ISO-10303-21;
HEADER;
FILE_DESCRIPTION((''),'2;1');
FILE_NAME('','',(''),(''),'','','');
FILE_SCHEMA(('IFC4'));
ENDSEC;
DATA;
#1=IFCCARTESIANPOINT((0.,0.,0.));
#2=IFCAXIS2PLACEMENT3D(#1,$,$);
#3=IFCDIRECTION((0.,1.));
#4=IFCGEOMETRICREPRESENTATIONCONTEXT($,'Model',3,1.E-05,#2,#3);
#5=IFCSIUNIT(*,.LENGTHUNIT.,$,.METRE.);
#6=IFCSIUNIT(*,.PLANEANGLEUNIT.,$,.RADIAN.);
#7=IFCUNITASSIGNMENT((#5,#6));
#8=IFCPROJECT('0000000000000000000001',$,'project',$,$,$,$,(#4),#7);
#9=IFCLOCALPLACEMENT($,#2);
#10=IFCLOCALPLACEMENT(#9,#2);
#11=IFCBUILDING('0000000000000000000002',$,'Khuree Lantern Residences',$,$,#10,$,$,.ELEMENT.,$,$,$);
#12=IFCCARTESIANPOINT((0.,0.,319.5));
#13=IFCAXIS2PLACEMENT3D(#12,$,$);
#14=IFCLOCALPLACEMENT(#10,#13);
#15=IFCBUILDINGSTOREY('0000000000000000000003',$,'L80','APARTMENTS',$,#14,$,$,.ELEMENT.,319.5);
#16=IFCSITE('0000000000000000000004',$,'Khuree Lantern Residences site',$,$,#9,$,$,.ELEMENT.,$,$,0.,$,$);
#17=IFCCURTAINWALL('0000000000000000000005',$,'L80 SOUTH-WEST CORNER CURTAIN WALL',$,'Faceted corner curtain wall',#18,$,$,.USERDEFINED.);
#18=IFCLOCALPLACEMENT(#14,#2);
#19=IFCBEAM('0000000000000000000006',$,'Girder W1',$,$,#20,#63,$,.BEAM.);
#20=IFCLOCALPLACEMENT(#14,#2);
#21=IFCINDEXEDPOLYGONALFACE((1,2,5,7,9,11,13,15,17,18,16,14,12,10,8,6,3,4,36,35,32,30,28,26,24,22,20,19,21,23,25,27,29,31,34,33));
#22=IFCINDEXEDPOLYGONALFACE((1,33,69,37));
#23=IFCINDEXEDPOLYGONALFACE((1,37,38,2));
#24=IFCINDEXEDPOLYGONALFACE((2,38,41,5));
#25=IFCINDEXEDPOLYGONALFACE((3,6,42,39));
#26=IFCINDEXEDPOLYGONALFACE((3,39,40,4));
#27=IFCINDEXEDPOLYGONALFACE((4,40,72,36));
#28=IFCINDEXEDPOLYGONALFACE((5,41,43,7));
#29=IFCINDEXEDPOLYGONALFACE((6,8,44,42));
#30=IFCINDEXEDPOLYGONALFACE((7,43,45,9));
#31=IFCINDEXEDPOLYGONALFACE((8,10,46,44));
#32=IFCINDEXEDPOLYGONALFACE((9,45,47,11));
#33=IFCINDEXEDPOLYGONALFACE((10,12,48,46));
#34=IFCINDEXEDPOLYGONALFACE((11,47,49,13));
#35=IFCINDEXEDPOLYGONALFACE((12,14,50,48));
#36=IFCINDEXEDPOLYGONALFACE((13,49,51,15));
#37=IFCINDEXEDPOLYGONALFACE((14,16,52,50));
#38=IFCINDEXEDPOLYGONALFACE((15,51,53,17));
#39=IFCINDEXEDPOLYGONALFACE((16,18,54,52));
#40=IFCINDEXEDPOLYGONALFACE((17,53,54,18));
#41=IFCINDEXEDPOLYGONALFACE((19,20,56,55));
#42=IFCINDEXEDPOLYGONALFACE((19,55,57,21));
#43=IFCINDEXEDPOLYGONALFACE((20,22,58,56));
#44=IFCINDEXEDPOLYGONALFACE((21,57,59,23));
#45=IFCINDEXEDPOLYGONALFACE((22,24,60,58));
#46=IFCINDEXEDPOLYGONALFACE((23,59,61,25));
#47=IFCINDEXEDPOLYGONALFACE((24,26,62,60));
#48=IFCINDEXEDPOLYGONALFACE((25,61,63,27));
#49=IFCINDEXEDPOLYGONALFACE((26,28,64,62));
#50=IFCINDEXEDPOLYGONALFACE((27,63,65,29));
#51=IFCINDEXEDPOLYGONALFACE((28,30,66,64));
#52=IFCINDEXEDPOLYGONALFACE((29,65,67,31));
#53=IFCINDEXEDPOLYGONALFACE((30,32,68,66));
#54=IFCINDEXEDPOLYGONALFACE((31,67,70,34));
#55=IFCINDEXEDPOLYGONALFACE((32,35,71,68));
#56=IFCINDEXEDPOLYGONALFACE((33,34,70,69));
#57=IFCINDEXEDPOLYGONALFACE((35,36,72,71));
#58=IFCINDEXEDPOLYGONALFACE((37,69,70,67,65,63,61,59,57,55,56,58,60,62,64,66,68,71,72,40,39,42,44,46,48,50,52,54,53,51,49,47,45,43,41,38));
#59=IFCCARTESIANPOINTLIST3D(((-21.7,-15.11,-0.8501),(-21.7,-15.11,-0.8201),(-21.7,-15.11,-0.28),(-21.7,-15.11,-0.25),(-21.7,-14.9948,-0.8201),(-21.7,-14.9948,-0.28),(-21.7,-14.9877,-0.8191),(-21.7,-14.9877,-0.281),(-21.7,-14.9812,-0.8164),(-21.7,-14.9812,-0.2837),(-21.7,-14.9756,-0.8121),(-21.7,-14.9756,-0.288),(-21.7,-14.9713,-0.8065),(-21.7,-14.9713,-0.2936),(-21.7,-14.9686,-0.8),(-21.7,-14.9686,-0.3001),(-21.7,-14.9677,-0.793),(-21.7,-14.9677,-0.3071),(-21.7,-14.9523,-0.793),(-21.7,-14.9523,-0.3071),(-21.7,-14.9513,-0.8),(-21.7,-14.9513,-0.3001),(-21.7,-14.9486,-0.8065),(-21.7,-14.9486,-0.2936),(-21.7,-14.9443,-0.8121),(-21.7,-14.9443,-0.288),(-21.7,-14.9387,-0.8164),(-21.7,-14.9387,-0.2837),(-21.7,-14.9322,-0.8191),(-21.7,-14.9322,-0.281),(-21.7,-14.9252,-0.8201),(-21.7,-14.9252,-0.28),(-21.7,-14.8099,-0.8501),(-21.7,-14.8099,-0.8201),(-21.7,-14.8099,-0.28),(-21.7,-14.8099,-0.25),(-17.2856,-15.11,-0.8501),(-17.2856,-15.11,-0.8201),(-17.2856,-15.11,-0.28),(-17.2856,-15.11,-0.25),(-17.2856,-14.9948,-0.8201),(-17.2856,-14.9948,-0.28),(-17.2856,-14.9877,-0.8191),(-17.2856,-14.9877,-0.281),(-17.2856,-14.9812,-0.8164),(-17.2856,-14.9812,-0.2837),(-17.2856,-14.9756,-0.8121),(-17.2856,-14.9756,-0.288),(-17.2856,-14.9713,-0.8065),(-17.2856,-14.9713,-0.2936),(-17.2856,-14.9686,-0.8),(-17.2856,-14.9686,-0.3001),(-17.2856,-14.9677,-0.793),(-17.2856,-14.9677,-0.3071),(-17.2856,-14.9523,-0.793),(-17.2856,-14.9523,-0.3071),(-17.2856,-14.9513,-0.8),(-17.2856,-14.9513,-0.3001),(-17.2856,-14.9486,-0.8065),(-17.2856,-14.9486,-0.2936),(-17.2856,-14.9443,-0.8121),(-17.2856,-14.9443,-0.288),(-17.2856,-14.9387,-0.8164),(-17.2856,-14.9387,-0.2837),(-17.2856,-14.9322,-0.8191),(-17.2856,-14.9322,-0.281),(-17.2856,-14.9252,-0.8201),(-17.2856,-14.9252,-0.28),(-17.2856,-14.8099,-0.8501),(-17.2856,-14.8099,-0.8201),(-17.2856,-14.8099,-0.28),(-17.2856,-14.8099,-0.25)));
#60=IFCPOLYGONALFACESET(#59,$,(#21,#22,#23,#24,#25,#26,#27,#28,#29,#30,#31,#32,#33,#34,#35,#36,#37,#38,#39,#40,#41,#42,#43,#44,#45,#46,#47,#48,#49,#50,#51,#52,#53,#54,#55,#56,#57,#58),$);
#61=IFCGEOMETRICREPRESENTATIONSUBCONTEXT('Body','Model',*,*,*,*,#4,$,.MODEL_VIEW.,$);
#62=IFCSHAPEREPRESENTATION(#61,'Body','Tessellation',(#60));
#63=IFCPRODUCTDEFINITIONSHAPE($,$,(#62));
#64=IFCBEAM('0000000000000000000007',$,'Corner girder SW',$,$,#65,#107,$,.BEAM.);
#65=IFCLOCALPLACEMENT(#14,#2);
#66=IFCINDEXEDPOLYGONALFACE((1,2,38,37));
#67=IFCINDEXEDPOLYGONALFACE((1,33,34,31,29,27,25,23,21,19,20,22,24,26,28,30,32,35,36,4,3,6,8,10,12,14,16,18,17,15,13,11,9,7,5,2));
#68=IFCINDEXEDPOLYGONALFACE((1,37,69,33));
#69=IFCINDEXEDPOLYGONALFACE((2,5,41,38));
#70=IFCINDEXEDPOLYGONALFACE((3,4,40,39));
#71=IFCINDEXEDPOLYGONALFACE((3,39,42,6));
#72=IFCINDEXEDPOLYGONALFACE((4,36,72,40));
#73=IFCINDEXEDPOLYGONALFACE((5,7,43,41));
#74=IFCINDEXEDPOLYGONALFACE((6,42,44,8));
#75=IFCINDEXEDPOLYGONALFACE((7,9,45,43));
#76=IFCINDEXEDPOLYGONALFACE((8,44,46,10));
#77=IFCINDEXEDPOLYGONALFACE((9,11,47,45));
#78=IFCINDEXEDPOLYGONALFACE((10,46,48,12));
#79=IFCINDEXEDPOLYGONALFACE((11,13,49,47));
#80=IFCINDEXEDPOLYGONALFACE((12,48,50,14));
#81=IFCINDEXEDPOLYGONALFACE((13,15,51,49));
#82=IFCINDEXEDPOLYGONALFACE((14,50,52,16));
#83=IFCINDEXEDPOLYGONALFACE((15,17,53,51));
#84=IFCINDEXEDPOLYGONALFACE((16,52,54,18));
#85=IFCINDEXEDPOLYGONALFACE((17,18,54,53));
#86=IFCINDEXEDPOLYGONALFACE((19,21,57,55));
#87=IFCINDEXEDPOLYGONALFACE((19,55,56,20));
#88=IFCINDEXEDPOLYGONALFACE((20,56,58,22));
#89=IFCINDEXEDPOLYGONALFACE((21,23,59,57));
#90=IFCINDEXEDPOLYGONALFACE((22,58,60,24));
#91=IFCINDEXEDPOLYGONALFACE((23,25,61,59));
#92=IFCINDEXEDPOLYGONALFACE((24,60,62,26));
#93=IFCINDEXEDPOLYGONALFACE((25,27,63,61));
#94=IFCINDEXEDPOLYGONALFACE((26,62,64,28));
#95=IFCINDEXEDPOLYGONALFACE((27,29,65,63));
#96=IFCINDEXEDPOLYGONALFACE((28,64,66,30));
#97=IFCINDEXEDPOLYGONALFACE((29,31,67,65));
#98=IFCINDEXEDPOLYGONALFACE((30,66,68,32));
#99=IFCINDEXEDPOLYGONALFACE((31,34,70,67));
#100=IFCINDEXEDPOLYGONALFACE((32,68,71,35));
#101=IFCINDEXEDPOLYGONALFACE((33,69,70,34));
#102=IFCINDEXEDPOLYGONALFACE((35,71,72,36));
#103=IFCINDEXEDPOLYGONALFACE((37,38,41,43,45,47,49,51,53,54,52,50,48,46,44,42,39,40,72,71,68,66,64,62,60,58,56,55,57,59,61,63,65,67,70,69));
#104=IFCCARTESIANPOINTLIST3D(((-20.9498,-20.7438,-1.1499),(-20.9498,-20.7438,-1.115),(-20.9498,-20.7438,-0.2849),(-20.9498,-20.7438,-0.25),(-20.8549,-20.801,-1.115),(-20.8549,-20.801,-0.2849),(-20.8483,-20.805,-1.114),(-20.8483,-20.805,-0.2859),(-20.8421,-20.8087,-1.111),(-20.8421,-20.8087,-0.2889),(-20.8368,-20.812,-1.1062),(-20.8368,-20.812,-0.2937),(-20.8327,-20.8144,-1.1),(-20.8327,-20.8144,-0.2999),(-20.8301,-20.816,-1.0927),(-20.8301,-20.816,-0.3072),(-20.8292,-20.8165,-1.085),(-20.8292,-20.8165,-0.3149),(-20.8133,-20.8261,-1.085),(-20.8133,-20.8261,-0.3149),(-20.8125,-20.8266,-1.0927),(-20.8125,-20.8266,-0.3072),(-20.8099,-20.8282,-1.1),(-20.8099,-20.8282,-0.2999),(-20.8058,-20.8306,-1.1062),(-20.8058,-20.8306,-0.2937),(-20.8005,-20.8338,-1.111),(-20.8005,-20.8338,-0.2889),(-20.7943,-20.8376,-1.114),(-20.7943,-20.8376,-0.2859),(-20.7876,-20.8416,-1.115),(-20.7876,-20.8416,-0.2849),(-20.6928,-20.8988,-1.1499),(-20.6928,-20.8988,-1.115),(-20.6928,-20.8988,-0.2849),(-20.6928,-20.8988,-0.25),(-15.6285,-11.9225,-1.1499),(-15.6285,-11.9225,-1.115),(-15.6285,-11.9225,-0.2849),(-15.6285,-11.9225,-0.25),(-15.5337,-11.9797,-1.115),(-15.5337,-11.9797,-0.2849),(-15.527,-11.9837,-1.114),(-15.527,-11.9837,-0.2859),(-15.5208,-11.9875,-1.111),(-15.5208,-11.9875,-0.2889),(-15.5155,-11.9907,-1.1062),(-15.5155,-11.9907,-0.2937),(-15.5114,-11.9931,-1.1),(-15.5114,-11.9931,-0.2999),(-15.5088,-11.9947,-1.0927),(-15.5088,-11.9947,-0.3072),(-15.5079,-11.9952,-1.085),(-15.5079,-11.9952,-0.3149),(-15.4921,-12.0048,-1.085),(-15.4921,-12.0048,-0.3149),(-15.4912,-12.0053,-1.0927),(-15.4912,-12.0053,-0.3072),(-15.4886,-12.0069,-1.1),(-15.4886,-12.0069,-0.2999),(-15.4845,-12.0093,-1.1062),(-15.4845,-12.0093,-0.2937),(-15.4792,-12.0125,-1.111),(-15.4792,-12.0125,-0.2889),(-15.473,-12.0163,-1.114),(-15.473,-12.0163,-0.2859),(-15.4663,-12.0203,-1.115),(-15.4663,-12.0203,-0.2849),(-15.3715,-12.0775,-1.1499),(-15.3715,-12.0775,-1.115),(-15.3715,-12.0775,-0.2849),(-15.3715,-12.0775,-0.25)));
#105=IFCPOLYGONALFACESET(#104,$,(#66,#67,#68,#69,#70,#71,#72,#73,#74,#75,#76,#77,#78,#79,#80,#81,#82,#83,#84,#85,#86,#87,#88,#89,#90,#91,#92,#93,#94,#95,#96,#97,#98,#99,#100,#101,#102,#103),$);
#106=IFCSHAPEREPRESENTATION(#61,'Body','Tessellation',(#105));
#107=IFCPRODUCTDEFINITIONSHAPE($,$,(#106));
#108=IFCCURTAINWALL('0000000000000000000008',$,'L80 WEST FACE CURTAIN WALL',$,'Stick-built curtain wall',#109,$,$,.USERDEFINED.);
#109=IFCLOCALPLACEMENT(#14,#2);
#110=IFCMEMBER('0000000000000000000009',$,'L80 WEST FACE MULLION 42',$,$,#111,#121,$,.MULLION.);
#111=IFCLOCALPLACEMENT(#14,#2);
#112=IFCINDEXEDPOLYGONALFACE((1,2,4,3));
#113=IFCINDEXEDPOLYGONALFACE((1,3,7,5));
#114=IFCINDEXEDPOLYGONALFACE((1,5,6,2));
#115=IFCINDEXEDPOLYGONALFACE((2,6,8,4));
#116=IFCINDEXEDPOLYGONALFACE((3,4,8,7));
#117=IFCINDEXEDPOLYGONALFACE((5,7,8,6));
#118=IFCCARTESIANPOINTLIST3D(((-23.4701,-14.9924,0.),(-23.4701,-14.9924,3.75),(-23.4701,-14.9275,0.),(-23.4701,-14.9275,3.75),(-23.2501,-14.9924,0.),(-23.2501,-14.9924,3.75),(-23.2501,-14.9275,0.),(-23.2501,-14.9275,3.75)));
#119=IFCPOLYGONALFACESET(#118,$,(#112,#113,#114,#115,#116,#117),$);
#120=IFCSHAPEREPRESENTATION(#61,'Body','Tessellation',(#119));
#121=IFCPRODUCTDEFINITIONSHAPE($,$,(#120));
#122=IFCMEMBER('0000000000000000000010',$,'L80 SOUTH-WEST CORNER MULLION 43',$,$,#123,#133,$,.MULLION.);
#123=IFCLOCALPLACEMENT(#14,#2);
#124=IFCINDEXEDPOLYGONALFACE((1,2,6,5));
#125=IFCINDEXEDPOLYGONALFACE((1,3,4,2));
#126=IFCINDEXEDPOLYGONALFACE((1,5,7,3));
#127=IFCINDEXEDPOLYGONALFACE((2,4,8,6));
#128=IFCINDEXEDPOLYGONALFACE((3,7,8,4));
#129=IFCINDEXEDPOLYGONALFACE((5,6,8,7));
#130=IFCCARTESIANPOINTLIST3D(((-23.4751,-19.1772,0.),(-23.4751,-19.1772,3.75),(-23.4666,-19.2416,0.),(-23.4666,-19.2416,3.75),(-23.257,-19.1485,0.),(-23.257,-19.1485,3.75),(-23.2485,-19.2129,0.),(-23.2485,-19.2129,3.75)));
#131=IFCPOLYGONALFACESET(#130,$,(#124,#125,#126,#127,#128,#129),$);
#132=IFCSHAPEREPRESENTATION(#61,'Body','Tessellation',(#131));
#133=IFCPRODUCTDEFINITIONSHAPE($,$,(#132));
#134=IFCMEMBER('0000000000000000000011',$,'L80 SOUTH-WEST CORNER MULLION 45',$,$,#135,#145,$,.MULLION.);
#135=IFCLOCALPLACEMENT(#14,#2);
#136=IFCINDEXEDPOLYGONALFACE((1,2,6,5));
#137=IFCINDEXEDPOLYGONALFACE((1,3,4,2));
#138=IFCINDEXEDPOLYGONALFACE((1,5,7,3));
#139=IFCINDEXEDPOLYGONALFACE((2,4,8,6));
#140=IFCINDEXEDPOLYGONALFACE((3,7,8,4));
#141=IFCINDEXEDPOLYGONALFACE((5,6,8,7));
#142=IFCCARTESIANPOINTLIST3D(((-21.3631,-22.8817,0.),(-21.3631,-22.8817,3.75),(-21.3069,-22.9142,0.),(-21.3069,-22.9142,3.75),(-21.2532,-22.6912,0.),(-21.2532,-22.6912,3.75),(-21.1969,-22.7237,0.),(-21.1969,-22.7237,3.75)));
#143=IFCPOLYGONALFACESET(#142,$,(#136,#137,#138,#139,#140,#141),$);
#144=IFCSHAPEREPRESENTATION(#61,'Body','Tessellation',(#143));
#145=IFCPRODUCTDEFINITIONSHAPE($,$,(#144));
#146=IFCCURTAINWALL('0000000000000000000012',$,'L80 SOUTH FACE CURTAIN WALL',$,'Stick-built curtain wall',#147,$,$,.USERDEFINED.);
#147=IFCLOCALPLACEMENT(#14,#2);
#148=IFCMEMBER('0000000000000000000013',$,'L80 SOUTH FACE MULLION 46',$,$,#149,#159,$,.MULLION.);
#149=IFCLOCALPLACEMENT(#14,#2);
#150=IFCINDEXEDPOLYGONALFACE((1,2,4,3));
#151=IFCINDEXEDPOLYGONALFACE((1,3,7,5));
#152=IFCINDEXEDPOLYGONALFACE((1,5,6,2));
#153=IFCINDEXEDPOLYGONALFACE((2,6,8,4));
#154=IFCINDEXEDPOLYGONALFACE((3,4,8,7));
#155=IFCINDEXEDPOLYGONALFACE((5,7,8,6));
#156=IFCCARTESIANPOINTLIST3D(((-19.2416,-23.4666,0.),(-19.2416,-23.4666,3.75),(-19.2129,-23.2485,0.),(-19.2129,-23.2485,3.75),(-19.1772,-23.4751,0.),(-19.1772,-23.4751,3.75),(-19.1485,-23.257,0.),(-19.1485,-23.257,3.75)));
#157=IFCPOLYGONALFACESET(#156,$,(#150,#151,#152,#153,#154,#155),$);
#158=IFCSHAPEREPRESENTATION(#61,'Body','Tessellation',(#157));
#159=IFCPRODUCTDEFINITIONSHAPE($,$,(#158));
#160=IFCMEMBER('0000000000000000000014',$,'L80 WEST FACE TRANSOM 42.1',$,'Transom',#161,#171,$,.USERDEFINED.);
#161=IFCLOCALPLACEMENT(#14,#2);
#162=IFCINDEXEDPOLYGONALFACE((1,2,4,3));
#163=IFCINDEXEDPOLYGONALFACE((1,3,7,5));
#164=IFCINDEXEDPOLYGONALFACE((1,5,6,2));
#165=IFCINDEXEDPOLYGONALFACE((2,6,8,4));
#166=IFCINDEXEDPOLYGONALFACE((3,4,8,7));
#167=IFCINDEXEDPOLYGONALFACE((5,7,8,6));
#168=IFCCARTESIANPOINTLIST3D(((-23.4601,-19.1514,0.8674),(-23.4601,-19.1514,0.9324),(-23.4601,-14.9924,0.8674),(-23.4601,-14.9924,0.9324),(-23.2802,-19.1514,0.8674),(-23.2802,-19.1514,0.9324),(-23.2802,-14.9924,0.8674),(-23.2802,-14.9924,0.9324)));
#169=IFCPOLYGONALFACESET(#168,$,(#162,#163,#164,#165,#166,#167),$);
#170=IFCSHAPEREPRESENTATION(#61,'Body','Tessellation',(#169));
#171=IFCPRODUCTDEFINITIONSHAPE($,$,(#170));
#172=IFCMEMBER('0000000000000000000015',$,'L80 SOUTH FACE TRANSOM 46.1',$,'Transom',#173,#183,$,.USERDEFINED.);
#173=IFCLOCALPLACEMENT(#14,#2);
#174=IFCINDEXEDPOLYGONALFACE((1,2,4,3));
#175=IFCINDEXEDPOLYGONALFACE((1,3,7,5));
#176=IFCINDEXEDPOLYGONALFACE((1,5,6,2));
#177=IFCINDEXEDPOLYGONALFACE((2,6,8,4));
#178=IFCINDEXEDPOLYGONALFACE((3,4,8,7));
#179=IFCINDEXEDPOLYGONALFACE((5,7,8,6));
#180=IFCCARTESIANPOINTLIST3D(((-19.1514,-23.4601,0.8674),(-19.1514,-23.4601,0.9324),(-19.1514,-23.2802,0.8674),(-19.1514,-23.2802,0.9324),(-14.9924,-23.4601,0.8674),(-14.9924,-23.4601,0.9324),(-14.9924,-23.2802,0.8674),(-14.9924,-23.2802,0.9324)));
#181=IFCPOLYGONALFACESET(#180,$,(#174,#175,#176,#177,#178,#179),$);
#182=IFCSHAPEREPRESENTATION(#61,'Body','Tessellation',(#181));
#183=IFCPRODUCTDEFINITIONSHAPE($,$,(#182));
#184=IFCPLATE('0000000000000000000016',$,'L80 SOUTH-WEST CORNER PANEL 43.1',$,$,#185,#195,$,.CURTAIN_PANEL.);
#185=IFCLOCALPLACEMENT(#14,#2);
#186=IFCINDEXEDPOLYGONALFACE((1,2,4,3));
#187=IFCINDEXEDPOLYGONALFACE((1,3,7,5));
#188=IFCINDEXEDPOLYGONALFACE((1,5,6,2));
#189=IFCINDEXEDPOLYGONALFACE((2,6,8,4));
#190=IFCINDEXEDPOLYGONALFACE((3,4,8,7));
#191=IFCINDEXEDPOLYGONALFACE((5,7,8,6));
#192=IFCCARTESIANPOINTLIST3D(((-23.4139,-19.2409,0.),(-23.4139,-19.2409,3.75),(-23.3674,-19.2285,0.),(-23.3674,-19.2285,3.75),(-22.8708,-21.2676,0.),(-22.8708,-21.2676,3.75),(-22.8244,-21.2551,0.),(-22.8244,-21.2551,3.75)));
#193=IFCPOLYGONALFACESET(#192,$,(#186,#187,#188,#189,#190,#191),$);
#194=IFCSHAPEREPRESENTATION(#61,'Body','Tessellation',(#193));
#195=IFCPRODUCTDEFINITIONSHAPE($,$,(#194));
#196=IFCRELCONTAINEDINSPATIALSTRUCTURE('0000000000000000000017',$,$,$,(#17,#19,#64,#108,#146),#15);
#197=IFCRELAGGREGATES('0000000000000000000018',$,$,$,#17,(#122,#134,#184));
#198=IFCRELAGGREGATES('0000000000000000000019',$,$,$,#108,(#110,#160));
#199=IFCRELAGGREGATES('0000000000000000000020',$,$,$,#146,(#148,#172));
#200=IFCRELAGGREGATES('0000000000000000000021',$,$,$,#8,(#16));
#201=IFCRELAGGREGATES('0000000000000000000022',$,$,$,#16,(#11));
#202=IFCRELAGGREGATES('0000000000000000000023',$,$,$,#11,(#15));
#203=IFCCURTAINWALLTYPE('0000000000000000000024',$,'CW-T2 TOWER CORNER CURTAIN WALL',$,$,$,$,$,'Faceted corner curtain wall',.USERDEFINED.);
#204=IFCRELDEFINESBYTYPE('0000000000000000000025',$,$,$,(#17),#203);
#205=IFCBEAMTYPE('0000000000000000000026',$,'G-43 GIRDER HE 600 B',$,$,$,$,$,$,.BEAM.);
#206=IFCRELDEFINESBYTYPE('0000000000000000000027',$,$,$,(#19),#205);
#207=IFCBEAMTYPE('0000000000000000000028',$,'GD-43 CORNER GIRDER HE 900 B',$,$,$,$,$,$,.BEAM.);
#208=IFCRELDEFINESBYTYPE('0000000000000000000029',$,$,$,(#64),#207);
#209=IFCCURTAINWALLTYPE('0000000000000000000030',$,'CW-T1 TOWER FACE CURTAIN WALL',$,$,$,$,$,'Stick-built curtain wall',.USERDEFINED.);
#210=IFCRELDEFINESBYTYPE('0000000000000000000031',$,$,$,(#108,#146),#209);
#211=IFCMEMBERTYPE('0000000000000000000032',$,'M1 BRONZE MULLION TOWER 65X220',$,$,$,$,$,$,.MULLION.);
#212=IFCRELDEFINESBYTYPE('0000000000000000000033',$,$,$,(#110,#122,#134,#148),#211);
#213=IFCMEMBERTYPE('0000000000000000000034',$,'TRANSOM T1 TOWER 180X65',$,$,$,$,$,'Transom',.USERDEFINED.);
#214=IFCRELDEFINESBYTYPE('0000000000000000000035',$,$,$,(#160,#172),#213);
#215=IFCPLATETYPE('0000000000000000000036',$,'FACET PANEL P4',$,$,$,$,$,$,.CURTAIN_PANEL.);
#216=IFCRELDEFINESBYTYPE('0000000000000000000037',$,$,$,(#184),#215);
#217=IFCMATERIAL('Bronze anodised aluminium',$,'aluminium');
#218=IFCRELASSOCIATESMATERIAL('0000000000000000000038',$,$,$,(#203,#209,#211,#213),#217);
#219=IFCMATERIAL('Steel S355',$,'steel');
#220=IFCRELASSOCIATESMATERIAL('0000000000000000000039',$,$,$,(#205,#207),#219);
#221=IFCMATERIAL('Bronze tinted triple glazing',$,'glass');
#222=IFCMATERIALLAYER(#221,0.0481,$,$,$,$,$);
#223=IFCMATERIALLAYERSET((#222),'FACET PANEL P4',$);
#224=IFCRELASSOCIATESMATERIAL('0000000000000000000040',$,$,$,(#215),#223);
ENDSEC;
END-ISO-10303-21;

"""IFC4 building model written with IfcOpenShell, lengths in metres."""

from ifc_helpers import new_model, si_unit, direction, frame, origin, origin_2d, place, context, subcontext, project, spatial, rectangle, i_section, extrude, material, layer, layer_set, material_profile, profile_set, type_object, element, aggregate, save


model = new_model("IFC4")

# Units and contexts
model_context = context("Model", 3, precision=1e-05, world=origin(), true_north=direction((0.0, 1.0)))
body_context = subcontext(model_context, "Body", "Model", "MODEL_VIEW")
ifc_project = project(units=[si_unit("LENGTHUNIT", "METRE"), si_unit("PLANEANGLEUNIT", "RADIAN")], contexts=[model_context])

# Site, building, storey
site_placement = place(None, origin())
site = spatial("IfcSite", under=ifc_project, at=site_placement, Name="Khuree Lantern Residences site", CompositionType="ELEMENT", RefElevation=0.0)
building_placement = place(site_placement, origin())
building = spatial("IfcBuilding", under=site, at=building_placement, Name="Khuree Lantern Residences", CompositionType="ELEMENT")
storey_placement = place(building_placement, frame((0.0, 0.0, 319.5)))
storey = spatial("IfcBuildingStorey", under=building, at=storey_placement, Name="L80", Description="APARTMENTS", CompositionType="ELEMENT", Elevation=319.5)

# Shared definitions
ifc_material_1 = material(Name="Steel S355", Category="steel")

# Curtain wall
ifc_material_2 = material(Name="Bronze anodised aluminium", Category="aluminium")
curtain_wall_type_1 = type_object("IfcCurtainWallType", Name="CW-T2 TOWER CORNER CURTAIN WALL", ElementType="Faceted corner curtain wall", PredefinedType="USERDEFINED", material=ifc_material_2)
curtain_wall_1_placement = place(storey_placement, origin())
curtain_wall_1 = element("IfcCurtainWall", 1, at=curtain_wall_1_placement, inside=storey, type_object=curtain_wall_type_1, Name="L80 SOUTH-WEST CORNER CURTAIN WALL", ObjectType="Faceted corner curtain wall", PredefinedType="USERDEFINED")

# Beams
ifc_material_profile_1 = material_profile(ifc_material_1, i_section(OverallWidth=0.3, OverallDepth=0.6001, WebThickness=0.0154, FlangeThickness=0.03, FilletRadius=0.0271, at=origin_2d()), Name="HE 600 B")
ifc_profile_set_1 = profile_set([ifc_material_profile_1], Name="Steel S355")
beam_type_1 = type_object("IfcBeamType", Name="G-43 GIRDER HE 600 B", PredefinedType="BEAM", material=ifc_profile_set_1)
beam_1_placement = place(storey_placement, frame((-21.7, -14.96, -0.55), z_axis=(1.0, 0.0, 0.0), x_axis=(0.0, 1.0, 0.0)))
element("IfcBeam", 2, at=beam_1_placement, inside=storey, type_object=beam_type_1, Name="Girder W1", PredefinedType="BEAM", context=body_context, shape_type="SweptSolid", body=[
    extrude(i_section(OverallWidth=0.3, OverallDepth=0.6001, WebThickness=0.0154, FlangeThickness=0.03, FilletRadius=0.0271, at=origin_2d()), origin(), (0.0, 0.0, 1.0), 4.4143),
])
ifc_material_profile_2 = material_profile(ifc_material_1, i_section(OverallWidth=0.3, OverallDepth=0.8999, WebThickness=0.0186, FlangeThickness=0.0349, FilletRadius=0.03, at=origin_2d()), Name="HE 900 B")
ifc_profile_set_2 = profile_set([ifc_material_profile_2], Name="Steel S355")
beam_type_2 = type_object("IfcBeamType", Name="GD-43 CORNER GIRDER HE 900 B", PredefinedType="BEAM", material=ifc_profile_set_2)
beam_2_placement = place(storey_placement, frame((-20.8213, -20.8213, -0.7), z_axis=(0.51653, 0.856269, 0.0), x_axis=(-0.856269, 0.51653, 0.0)))
element("IfcBeam", 3, at=beam_2_placement, inside=storey, type_object=beam_type_2, Name="Corner girder SW", PredefinedType="BEAM", context=body_context, shape_type="SweptSolid", body=[
    extrude(i_section(OverallWidth=0.3, OverallDepth=0.8999, WebThickness=0.0186, FlangeThickness=0.0349, FilletRadius=0.03, at=origin_2d()), origin(), (0.0, 0.0, 1.0), 10.302),
])

# Curtain wall, member
curtain_wall_type_2 = type_object("IfcCurtainWallType", Name="CW-T1 TOWER FACE CURTAIN WALL", ElementType="Stick-built curtain wall", PredefinedType="USERDEFINED", material=ifc_material_2)
curtain_wall_2_placement = place(storey_placement, origin())
curtain_wall_2 = element("IfcCurtainWall", 4, at=curtain_wall_2_placement, inside=storey, type_object=curtain_wall_type_2, Name="L80 WEST FACE CURTAIN WALL", ObjectType="Stick-built curtain wall", PredefinedType="USERDEFINED")
ifc_material_profile_3 = material_profile(ifc_material_2, rectangle(XDim=0.0649, YDim=0.22, at=origin_2d()), Name="M1 65X220")
ifc_profile_set_3 = profile_set([ifc_material_profile_3], Name="Bronze anodised aluminium")
member_type_1 = type_object("IfcMemberType", Name="M1 BRONZE MULLION TOWER 65X220", PredefinedType="MULLION", material=ifc_profile_set_3)
member_1_placement = place(storey_placement, frame((-23.3601, -14.96, 0.0), z_axis=(0.0, 0.0, 1.0), x_axis=(0.0, -1.0, 0.0)))
member_1 = element("IfcMember", 5, at=member_1_placement, type_object=member_type_1, Name="L80 WEST FACE MULLION 42", PredefinedType="MULLION", context=body_context, shape_type="SweptSolid", body=[
    extrude(rectangle(XDim=0.0649, YDim=0.22, at=origin_2d()), origin(), (0.0, 0.0, 1.0), 3.75),
])

# Members
member_2_placement = place(storey_placement, frame((-23.3618, -19.1951, 0.0), z_axis=(0.0, 0.0, 1.0), x_axis=(0.130526, -0.991445, 0.0)))
member_2 = element("IfcMember", 6, at=member_2_placement, type_object=member_type_1, Name="L80 SOUTH-WEST CORNER MULLION 43", PredefinedType="MULLION", context=body_context, shape_type="SweptSolid", body=[
    extrude(rectangle(XDim=0.0649, YDim=0.22, at=origin_2d()), origin(), (0.0, 0.0, 1.0), 3.75),
])
member_3_placement = place(storey_placement, frame((-21.28, -22.8027, 0.0), z_axis=(0.0, 0.0, 1.0), x_axis=(0.866025, -0.5, 0.0)))
member_3 = element("IfcMember", 7, at=member_3_placement, type_object=member_type_1, Name="L80 SOUTH-WEST CORNER MULLION 45", PredefinedType="MULLION", context=body_context, shape_type="SweptSolid", body=[
    extrude(rectangle(XDim=0.0649, YDim=0.22, at=origin_2d()), origin(), (0.0, 0.0, 1.0), 3.75),
])

# Curtain wall, member
curtain_wall_3_placement = place(storey_placement, origin())
curtain_wall_3 = element("IfcCurtainWall", 8, at=curtain_wall_3_placement, inside=storey, type_object=curtain_wall_type_2, Name="L80 SOUTH FACE CURTAIN WALL", ObjectType="Stick-built curtain wall", PredefinedType="USERDEFINED")
member_4_placement = place(storey_placement, frame((-19.1951, -23.3618, 0.0), z_axis=(0.0, 0.0, 1.0), x_axis=(0.991445, -0.130526, 0.0)))
member_4 = element("IfcMember", 9, at=member_4_placement, type_object=member_type_1, Name="L80 SOUTH FACE MULLION 46", PredefinedType="MULLION", context=body_context, shape_type="SweptSolid", body=[
    extrude(rectangle(XDim=0.0649, YDim=0.22, at=origin_2d()), origin(), (0.0, 0.0, 1.0), 3.75),
])

# Members
ifc_material_profile_4 = material_profile(ifc_material_2, rectangle(XDim=0.1799, YDim=0.0649, at=origin_2d()), Name="T1 180X65")
ifc_profile_set_4 = profile_set([ifc_material_profile_4], Name="Bronze anodised aluminium")
member_type_2 = type_object("IfcMemberType", Name="TRANSOM T1 TOWER 180X65", ElementType="Transom", PredefinedType="USERDEFINED", material=ifc_profile_set_4)
member_5_placement = place(storey_placement, frame((-23.3701, -14.9924, 0.8999), z_axis=(0.0, -1.0, 0.0), x_axis=(1.0, 0.0, 0.0)))
member_5 = element("IfcMember", 10, at=member_5_placement, type_object=member_type_2, Name="L80 WEST FACE TRANSOM 42.1", ObjectType="Transom", PredefinedType="USERDEFINED", context=body_context, shape_type="SweptSolid", body=[
    extrude(rectangle(XDim=0.1799, YDim=0.0649, at=origin_2d()), origin(), (0.0, 0.0, 1.0), 4.1589),
])
member_6_placement = place(storey_placement, frame((-19.1514, -23.3701, 0.8999), z_axis=(1.0, 0.0, 0.0), x_axis=(0.0, 1.0, 0.0)))
member_6 = element("IfcMember", 11, at=member_6_placement, type_object=member_type_2, Name="L80 SOUTH FACE TRANSOM 46.1", ObjectType="Transom", PredefinedType="USERDEFINED", context=body_context, shape_type="SweptSolid", body=[
    extrude(rectangle(XDim=0.1799, YDim=0.0649, at=origin_2d()), origin(), (0.0, 0.0, 1.0), 4.1589),
])

# Plate
ifc_material_3 = material(Name="Bronze tinted triple glazing", Category="glass")
ifc_layer_1 = layer(ifc_material_3, 0.0481)
ifc_layer_set_1 = layer_set([ifc_layer_1], Name="FACET PANEL P4")
plate_type_1 = type_object("IfcPlateType", Name="FACET PANEL P4", PredefinedType="CURTAIN_PANEL", material=ifc_layer_set_1)
plate_1_placement = place(storey_placement, frame((-23.1191, -20.248, 0.0), z_axis=(0.0, 0.0, 1.0), x_axis=(0.258819, -0.965926, 0.0)))
plate_1 = element("IfcPlate", 12, at=plate_1_placement, type_object=plate_type_1, Name="L80 SOUTH-WEST CORNER PANEL 43.1", PredefinedType="CURTAIN_PANEL", context=body_context, shape_type="SweptSolid", body=[
    extrude(rectangle(XDim=2.0981, YDim=0.0481, at=origin_2d()), origin(), (0.0, 0.0, 1.0), 3.75),
])
aggregate(curtain_wall_1, [member_2, member_3, plate_1])
aggregate(curtain_wall_2, [member_1, member_5])
aggregate(curtain_wall_3, [member_4, member_6])

save(model, "model.ifc")
